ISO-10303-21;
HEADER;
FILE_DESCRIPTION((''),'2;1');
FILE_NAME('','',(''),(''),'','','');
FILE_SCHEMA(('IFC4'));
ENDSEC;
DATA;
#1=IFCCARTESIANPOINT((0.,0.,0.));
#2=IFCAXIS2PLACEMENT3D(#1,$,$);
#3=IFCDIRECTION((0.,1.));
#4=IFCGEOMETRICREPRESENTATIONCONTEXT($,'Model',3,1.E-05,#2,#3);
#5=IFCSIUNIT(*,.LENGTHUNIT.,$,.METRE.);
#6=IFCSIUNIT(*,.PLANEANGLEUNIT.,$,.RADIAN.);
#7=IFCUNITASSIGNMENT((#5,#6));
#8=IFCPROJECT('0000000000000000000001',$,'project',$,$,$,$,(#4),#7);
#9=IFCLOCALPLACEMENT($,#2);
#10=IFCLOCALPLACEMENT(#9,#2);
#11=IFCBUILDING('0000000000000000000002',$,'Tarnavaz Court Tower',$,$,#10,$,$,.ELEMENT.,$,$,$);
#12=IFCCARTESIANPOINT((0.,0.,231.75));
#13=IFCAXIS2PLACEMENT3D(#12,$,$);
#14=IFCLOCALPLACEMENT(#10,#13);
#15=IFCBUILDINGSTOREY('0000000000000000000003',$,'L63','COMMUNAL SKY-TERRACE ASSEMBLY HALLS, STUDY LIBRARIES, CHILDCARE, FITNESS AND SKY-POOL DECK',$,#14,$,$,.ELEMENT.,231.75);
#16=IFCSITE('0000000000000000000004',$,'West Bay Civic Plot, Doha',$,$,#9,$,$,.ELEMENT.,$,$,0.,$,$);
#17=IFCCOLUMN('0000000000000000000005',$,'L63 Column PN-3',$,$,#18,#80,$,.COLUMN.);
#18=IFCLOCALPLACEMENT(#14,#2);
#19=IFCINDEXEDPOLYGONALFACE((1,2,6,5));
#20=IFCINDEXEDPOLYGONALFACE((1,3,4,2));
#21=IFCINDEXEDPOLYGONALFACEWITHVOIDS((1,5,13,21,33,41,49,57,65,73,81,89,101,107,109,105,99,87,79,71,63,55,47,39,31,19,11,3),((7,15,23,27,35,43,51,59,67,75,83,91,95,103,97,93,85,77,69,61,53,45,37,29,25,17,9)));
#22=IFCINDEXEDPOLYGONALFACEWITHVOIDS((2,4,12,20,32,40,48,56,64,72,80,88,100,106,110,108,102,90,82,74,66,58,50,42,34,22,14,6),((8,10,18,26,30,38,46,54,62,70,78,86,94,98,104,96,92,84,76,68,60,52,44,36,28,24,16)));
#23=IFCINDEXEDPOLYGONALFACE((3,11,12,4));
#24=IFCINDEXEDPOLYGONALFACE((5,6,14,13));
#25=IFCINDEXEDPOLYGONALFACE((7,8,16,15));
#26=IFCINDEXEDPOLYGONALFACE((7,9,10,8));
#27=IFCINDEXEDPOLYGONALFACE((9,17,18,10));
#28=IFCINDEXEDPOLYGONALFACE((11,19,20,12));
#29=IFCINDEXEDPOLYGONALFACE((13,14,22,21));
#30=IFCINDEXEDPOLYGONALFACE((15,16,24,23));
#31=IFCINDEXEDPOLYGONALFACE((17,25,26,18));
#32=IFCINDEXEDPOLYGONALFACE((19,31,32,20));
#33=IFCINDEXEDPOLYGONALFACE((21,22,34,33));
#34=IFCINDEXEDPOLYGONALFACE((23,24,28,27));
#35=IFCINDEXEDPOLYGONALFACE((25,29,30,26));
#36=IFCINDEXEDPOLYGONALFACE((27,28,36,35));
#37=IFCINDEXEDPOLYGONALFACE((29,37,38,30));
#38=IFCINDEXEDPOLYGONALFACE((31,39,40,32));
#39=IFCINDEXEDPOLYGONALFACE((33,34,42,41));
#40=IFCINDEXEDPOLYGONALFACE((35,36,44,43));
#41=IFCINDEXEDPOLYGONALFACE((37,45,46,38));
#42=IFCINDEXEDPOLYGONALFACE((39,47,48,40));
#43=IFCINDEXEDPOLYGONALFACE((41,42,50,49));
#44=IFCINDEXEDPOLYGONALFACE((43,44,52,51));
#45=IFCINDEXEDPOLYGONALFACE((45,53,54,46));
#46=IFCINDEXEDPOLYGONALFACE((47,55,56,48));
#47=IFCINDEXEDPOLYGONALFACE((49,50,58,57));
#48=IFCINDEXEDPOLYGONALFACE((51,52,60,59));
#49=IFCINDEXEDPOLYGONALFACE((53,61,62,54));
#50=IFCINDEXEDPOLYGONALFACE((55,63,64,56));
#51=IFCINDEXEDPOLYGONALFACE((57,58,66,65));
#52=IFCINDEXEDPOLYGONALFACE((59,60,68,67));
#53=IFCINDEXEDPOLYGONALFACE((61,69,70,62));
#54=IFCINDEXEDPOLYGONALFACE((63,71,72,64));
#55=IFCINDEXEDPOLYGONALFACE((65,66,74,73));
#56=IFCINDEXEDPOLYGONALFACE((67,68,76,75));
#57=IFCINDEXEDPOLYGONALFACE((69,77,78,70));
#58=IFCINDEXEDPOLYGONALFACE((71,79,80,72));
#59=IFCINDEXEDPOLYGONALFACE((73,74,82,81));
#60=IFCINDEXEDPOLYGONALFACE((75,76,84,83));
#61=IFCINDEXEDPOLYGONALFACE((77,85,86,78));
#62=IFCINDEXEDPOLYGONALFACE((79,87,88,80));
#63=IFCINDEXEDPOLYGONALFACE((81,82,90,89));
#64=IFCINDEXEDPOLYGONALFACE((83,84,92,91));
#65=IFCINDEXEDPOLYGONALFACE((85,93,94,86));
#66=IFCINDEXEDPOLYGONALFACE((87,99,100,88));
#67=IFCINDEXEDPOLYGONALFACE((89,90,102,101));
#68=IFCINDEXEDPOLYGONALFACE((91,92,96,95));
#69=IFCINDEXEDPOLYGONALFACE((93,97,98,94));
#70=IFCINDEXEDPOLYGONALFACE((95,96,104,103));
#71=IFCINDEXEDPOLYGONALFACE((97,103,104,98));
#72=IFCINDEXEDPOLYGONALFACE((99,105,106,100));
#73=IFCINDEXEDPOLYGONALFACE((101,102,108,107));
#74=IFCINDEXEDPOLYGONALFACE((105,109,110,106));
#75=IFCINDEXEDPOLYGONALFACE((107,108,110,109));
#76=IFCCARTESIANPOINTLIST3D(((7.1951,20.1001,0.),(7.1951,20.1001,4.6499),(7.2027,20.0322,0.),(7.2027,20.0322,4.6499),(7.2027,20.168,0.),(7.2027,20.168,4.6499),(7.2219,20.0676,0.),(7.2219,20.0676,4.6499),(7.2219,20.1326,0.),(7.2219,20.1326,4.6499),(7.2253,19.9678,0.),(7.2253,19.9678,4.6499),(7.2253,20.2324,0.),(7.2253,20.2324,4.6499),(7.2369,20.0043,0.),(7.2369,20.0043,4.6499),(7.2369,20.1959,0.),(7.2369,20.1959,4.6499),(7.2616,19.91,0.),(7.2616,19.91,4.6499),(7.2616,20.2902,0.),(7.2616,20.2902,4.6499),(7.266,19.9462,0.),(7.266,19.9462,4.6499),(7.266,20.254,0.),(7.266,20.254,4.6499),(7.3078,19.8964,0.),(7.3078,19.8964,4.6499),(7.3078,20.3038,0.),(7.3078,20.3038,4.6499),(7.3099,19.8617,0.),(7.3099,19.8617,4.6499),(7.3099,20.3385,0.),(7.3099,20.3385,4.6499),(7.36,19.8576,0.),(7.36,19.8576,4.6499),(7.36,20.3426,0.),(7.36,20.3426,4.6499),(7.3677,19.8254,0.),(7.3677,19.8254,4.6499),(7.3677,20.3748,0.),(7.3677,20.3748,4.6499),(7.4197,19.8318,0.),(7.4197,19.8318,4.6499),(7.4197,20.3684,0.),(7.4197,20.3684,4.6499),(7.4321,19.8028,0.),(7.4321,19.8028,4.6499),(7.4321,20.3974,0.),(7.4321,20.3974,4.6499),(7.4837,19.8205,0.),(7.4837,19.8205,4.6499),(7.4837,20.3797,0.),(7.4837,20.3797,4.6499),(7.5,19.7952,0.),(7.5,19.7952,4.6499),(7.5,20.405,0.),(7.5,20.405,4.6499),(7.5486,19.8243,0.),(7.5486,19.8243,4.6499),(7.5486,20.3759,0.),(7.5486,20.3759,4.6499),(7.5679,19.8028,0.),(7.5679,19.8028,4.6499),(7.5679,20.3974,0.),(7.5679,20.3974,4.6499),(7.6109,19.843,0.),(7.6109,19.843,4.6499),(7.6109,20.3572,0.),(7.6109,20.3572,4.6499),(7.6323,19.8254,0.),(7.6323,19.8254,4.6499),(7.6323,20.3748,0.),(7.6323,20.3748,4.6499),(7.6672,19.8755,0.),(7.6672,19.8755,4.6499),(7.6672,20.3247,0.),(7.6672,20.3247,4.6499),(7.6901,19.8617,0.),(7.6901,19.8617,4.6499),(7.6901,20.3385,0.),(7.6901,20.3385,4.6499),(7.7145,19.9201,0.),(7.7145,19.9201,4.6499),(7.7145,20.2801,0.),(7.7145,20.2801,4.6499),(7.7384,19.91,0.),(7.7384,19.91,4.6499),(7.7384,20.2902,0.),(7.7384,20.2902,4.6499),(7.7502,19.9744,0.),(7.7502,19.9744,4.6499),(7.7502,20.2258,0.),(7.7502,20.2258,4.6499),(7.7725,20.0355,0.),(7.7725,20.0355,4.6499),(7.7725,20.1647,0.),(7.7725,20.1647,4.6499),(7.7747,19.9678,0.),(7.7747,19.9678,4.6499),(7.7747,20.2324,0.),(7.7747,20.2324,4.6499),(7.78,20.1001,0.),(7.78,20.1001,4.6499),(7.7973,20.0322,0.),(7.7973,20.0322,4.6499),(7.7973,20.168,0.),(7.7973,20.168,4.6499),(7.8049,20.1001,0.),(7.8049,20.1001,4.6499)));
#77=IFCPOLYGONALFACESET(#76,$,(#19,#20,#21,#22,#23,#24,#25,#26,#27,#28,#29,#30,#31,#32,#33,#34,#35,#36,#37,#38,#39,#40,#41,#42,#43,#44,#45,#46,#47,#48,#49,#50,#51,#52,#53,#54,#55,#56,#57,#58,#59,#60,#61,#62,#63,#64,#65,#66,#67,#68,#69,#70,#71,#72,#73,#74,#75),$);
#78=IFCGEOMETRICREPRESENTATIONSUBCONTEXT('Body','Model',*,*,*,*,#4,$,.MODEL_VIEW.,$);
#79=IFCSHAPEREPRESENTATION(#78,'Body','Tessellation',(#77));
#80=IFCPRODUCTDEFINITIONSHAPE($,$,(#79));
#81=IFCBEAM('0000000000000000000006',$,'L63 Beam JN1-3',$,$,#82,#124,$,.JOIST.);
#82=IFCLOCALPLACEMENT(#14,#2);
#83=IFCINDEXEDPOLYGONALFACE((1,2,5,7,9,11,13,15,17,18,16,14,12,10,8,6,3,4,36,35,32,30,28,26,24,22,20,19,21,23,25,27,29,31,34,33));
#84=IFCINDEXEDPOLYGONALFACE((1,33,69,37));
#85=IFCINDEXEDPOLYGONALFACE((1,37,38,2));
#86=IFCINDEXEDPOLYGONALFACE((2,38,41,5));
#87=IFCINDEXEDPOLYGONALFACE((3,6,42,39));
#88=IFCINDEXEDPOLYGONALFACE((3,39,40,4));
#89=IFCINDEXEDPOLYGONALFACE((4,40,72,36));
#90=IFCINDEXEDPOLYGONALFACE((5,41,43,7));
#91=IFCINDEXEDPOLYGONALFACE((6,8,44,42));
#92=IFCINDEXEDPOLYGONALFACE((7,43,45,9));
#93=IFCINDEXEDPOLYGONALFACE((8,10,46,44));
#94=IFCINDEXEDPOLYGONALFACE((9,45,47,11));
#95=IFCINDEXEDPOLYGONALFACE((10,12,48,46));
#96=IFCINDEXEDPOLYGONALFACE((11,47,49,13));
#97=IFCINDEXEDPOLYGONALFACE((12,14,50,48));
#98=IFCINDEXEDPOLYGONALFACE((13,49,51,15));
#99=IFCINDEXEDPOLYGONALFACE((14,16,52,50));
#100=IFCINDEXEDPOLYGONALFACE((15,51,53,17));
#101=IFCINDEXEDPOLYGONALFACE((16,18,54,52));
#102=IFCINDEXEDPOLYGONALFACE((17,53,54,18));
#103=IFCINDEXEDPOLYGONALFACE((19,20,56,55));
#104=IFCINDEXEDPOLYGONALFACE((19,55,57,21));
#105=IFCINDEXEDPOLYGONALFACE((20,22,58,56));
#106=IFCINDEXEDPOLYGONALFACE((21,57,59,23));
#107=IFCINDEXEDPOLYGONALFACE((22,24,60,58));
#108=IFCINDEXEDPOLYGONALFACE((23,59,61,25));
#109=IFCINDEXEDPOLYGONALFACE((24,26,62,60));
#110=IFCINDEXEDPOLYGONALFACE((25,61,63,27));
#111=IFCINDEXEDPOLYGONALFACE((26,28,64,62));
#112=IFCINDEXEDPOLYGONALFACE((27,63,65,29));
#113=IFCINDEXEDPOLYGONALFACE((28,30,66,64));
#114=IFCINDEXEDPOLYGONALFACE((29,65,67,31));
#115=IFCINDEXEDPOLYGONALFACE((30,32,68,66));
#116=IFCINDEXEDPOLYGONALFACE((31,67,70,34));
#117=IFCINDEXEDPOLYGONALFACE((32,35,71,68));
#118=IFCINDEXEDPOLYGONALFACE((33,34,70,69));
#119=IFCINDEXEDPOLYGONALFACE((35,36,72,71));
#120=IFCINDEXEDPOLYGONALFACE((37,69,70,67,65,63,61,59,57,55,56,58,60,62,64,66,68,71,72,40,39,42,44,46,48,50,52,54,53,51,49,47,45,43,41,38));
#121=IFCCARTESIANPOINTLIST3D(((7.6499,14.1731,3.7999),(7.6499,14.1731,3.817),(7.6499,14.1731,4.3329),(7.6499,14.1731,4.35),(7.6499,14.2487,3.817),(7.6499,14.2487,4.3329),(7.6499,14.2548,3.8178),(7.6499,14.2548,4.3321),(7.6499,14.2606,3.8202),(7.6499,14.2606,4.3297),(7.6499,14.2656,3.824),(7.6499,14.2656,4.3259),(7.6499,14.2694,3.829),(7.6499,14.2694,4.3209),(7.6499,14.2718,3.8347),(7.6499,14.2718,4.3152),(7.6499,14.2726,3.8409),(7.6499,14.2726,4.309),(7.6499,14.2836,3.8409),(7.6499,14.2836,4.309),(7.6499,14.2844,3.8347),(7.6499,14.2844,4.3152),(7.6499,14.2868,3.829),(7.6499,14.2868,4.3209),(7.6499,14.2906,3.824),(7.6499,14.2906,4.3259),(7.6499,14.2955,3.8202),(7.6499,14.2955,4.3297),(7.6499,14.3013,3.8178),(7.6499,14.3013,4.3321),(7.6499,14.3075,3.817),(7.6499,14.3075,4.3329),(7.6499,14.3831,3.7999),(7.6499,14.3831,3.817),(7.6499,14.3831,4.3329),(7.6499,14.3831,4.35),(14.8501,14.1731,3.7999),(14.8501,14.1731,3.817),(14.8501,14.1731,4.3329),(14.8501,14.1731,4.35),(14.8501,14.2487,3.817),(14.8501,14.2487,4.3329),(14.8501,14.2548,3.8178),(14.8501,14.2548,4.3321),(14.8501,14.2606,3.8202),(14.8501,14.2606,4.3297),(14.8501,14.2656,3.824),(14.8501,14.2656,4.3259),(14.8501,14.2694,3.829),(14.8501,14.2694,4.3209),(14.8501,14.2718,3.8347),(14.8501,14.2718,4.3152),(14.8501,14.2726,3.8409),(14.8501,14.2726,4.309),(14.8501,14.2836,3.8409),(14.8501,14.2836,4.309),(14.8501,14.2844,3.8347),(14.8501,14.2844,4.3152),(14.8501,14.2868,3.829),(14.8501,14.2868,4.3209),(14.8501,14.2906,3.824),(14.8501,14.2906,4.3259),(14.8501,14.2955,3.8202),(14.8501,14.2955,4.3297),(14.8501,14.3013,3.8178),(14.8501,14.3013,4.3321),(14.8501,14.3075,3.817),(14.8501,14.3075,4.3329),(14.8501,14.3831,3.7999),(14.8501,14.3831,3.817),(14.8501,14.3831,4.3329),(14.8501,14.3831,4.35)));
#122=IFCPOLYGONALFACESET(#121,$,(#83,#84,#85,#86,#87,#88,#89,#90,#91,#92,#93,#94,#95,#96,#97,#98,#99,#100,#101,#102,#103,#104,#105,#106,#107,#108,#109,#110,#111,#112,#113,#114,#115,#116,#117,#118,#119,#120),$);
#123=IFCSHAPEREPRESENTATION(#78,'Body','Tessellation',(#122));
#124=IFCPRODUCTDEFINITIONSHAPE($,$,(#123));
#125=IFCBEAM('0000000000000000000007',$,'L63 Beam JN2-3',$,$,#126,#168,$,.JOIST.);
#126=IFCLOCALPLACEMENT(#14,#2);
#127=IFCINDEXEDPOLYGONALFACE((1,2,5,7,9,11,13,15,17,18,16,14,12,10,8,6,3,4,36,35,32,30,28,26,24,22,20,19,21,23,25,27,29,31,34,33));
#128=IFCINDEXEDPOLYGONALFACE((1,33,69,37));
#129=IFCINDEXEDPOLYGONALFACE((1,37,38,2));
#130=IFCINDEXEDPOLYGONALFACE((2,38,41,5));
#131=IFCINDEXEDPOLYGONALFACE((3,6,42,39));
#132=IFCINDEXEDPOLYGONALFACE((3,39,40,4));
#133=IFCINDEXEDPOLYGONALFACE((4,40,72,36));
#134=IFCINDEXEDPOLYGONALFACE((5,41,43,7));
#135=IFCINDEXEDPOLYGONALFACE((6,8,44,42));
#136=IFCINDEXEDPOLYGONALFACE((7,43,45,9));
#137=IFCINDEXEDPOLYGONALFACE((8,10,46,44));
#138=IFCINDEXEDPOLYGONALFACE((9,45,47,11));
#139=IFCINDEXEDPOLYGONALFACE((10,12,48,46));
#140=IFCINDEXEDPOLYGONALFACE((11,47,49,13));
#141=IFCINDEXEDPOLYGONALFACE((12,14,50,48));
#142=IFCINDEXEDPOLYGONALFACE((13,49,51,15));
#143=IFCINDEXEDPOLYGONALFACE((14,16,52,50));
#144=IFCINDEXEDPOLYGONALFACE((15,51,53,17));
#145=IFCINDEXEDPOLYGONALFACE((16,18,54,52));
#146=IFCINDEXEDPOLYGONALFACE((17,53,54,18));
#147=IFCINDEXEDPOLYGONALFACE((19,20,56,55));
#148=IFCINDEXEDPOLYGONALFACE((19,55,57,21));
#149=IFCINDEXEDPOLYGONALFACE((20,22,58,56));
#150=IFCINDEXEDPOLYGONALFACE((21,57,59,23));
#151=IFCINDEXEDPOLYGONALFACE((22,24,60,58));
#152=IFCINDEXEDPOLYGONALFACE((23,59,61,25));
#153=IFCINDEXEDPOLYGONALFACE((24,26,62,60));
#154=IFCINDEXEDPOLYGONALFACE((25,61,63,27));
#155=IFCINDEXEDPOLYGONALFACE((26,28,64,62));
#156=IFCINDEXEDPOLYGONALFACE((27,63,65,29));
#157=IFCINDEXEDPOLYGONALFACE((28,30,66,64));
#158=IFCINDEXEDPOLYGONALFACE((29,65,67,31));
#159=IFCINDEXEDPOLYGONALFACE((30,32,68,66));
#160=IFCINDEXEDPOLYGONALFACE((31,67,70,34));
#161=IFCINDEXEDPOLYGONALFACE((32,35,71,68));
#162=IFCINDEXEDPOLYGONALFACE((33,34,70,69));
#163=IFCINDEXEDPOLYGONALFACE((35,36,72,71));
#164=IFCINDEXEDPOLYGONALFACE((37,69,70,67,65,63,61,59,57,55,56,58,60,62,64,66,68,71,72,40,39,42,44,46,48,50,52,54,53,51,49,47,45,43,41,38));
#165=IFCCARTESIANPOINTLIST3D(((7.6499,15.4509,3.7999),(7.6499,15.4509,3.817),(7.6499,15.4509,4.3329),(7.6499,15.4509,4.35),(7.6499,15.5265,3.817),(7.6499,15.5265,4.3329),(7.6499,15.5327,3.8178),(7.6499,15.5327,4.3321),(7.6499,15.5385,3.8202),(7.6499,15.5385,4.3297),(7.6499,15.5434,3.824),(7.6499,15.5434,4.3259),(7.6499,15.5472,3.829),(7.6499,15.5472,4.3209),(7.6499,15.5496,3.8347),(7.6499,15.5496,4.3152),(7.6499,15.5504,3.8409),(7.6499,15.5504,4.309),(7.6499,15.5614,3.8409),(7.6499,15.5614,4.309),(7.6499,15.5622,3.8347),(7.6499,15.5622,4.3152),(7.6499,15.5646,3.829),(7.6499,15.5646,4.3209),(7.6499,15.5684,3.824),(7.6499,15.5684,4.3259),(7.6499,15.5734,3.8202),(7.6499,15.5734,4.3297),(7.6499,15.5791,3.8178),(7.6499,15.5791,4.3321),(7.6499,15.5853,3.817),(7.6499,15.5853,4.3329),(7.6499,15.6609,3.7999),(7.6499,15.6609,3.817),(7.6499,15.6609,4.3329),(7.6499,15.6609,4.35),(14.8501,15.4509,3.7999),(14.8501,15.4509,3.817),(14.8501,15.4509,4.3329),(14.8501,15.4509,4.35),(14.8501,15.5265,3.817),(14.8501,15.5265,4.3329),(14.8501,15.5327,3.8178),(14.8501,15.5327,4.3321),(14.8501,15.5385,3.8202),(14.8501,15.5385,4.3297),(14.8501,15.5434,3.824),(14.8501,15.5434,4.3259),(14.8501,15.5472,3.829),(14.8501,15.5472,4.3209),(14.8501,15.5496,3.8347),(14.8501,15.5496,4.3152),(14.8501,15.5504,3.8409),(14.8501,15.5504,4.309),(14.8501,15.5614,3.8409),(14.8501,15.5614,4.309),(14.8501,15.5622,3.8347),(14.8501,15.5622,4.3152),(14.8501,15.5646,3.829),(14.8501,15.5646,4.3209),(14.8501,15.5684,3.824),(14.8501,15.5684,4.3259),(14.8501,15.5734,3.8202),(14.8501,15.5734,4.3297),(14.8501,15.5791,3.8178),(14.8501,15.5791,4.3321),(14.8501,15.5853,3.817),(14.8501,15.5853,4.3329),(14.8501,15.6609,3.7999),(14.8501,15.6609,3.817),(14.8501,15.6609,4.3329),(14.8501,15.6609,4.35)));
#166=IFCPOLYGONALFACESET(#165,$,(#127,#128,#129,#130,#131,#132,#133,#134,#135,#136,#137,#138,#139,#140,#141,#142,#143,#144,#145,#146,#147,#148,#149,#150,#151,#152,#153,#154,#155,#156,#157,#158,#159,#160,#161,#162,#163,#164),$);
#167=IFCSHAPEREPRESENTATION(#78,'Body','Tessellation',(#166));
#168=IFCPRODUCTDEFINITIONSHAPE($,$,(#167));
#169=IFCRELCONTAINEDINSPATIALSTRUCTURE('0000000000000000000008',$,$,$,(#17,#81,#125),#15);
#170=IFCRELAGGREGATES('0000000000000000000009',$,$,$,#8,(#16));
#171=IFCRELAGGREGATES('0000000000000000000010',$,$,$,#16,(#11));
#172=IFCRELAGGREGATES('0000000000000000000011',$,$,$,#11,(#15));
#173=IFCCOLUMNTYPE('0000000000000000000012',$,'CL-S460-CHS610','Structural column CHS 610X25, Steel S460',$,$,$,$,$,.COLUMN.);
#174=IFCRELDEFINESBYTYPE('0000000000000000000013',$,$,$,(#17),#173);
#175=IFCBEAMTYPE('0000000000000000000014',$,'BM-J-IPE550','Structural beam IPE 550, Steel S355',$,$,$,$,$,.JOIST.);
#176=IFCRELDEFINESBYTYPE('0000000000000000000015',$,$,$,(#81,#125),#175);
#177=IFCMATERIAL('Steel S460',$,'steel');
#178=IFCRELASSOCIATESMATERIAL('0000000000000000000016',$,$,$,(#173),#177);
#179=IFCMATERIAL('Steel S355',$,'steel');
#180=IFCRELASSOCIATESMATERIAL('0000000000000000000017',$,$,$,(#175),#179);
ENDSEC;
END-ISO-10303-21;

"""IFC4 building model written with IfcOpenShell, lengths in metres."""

from ifc_helpers import new_model, si_unit, direction, frame, origin, origin_2d, place, context, subcontext, project, spatial, hollow_circle, i_section, extrude, material, material_profile, profile_set, type_object, element, save


model = new_model("IFC4")

# Units and contexts
model_context = context("Model", 3, precision=1e-05, world=origin(), true_north=direction((0.0, 1.0)))
body_context = subcontext(model_context, "Body", "Model", "MODEL_VIEW")
ifc_project = project(units=[si_unit("LENGTHUNIT", "METRE"), si_unit("PLANEANGLEUNIT", "RADIAN")], contexts=[model_context])

# Site, building, storey
site_placement = place(None, origin())
site = spatial("IfcSite", under=ifc_project, at=site_placement, Name="West Bay Civic Plot, Doha", CompositionType="ELEMENT", RefElevation=0.0)
building_placement = place(site_placement, origin())
building = spatial("IfcBuilding", under=site, at=building_placement, Name="Tarnavaz Court Tower", CompositionType="ELEMENT")
storey_placement = place(building_placement, frame((0.0, 0.0, 231.75)))
storey = spatial("IfcBuildingStorey", under=building, at=storey_placement, Name="L63", Description="COMMUNAL SKY-TERRACE ASSEMBLY HALLS, STUDY LIBRARIES, CHILDCARE, FITNESS AND SKY-POOL DECK", CompositionType="ELEMENT", Elevation=231.75)

# Column
ifc_material_1 = material(Name="Steel S460", Category="steel")
ifc_material_profile_1 = material_profile(ifc_material_1, hollow_circle(Radius=0.3049, WallThickness=0.0249, at=origin_2d()), Name="CHS 610X25")
ifc_profile_set_1 = profile_set([ifc_material_profile_1], Name="Steel S460")
column_type = type_object("IfcColumnType", Name="CL-S460-CHS610", Description="Structural column CHS 610X25, Steel S460", PredefinedType="COLUMN", material=ifc_profile_set_1)
column_placement = place(storey_placement, frame((7.5, 20.1001, 0.0), z_axis=(0.0, 0.0, 1.0), x_axis=(1.0, 0.0, 0.0)))
element("IfcColumn", 1, at=column_placement, inside=storey, type_object=column_type, Name="L63 Column PN-3", PredefinedType="COLUMN", context=body_context, shape_type="SweptSolid", body=[
    extrude(hollow_circle(Radius=0.3049, WallThickness=0.0249, at=origin_2d()), origin(), (0.0, 0.0, 1.0), 4.6499),
])

# Beams
ifc_material_2 = material(Name="Steel S355", Category="steel")
ifc_material_profile_2 = material_profile(ifc_material_2, i_section(OverallWidth=0.21, OverallDepth=0.55, WebThickness=0.011, FlangeThickness=0.0171, FilletRadius=0.0239, at=origin_2d()), Name="IPE 550")
ifc_profile_set_2 = profile_set([ifc_material_profile_2], Name="Steel S355")
beam_type_1 = type_object("IfcBeamType", Name="BM-J-IPE550", Description="Structural beam IPE 550, Steel S355", PredefinedType="JOIST", material=ifc_profile_set_2)
for number, where, z_axis, x_axis, name in (
    (2, (7.6499, 14.2781, 4.075), (1.0, 0.0, 0.0), (0.0, 1.0, 0.0), "L63 Beam JN1-3"),
    (3, (7.6499, 15.5559, 4.075), (1.0, 0.0, 0.0), (0.0, 1.0, 0.0), "L63 Beam JN2-3"),
):
    element("IfcBeam", number, at=place(storey_placement, frame(where, z_axis=z_axis, x_axis=x_axis)), inside=storey, type_object=beam_type_1, Name=name, PredefinedType="JOIST", context=body_context, shape_type="SweptSolid", body=[
        extrude(i_section(OverallWidth=0.21, OverallDepth=0.55, WebThickness=0.011, FlangeThickness=0.0171, FilletRadius=0.0239, at=origin_2d()), origin(), (0.0, 0.0, 1.0), 7.2002),
    ])

save(model, "model.ifc")
